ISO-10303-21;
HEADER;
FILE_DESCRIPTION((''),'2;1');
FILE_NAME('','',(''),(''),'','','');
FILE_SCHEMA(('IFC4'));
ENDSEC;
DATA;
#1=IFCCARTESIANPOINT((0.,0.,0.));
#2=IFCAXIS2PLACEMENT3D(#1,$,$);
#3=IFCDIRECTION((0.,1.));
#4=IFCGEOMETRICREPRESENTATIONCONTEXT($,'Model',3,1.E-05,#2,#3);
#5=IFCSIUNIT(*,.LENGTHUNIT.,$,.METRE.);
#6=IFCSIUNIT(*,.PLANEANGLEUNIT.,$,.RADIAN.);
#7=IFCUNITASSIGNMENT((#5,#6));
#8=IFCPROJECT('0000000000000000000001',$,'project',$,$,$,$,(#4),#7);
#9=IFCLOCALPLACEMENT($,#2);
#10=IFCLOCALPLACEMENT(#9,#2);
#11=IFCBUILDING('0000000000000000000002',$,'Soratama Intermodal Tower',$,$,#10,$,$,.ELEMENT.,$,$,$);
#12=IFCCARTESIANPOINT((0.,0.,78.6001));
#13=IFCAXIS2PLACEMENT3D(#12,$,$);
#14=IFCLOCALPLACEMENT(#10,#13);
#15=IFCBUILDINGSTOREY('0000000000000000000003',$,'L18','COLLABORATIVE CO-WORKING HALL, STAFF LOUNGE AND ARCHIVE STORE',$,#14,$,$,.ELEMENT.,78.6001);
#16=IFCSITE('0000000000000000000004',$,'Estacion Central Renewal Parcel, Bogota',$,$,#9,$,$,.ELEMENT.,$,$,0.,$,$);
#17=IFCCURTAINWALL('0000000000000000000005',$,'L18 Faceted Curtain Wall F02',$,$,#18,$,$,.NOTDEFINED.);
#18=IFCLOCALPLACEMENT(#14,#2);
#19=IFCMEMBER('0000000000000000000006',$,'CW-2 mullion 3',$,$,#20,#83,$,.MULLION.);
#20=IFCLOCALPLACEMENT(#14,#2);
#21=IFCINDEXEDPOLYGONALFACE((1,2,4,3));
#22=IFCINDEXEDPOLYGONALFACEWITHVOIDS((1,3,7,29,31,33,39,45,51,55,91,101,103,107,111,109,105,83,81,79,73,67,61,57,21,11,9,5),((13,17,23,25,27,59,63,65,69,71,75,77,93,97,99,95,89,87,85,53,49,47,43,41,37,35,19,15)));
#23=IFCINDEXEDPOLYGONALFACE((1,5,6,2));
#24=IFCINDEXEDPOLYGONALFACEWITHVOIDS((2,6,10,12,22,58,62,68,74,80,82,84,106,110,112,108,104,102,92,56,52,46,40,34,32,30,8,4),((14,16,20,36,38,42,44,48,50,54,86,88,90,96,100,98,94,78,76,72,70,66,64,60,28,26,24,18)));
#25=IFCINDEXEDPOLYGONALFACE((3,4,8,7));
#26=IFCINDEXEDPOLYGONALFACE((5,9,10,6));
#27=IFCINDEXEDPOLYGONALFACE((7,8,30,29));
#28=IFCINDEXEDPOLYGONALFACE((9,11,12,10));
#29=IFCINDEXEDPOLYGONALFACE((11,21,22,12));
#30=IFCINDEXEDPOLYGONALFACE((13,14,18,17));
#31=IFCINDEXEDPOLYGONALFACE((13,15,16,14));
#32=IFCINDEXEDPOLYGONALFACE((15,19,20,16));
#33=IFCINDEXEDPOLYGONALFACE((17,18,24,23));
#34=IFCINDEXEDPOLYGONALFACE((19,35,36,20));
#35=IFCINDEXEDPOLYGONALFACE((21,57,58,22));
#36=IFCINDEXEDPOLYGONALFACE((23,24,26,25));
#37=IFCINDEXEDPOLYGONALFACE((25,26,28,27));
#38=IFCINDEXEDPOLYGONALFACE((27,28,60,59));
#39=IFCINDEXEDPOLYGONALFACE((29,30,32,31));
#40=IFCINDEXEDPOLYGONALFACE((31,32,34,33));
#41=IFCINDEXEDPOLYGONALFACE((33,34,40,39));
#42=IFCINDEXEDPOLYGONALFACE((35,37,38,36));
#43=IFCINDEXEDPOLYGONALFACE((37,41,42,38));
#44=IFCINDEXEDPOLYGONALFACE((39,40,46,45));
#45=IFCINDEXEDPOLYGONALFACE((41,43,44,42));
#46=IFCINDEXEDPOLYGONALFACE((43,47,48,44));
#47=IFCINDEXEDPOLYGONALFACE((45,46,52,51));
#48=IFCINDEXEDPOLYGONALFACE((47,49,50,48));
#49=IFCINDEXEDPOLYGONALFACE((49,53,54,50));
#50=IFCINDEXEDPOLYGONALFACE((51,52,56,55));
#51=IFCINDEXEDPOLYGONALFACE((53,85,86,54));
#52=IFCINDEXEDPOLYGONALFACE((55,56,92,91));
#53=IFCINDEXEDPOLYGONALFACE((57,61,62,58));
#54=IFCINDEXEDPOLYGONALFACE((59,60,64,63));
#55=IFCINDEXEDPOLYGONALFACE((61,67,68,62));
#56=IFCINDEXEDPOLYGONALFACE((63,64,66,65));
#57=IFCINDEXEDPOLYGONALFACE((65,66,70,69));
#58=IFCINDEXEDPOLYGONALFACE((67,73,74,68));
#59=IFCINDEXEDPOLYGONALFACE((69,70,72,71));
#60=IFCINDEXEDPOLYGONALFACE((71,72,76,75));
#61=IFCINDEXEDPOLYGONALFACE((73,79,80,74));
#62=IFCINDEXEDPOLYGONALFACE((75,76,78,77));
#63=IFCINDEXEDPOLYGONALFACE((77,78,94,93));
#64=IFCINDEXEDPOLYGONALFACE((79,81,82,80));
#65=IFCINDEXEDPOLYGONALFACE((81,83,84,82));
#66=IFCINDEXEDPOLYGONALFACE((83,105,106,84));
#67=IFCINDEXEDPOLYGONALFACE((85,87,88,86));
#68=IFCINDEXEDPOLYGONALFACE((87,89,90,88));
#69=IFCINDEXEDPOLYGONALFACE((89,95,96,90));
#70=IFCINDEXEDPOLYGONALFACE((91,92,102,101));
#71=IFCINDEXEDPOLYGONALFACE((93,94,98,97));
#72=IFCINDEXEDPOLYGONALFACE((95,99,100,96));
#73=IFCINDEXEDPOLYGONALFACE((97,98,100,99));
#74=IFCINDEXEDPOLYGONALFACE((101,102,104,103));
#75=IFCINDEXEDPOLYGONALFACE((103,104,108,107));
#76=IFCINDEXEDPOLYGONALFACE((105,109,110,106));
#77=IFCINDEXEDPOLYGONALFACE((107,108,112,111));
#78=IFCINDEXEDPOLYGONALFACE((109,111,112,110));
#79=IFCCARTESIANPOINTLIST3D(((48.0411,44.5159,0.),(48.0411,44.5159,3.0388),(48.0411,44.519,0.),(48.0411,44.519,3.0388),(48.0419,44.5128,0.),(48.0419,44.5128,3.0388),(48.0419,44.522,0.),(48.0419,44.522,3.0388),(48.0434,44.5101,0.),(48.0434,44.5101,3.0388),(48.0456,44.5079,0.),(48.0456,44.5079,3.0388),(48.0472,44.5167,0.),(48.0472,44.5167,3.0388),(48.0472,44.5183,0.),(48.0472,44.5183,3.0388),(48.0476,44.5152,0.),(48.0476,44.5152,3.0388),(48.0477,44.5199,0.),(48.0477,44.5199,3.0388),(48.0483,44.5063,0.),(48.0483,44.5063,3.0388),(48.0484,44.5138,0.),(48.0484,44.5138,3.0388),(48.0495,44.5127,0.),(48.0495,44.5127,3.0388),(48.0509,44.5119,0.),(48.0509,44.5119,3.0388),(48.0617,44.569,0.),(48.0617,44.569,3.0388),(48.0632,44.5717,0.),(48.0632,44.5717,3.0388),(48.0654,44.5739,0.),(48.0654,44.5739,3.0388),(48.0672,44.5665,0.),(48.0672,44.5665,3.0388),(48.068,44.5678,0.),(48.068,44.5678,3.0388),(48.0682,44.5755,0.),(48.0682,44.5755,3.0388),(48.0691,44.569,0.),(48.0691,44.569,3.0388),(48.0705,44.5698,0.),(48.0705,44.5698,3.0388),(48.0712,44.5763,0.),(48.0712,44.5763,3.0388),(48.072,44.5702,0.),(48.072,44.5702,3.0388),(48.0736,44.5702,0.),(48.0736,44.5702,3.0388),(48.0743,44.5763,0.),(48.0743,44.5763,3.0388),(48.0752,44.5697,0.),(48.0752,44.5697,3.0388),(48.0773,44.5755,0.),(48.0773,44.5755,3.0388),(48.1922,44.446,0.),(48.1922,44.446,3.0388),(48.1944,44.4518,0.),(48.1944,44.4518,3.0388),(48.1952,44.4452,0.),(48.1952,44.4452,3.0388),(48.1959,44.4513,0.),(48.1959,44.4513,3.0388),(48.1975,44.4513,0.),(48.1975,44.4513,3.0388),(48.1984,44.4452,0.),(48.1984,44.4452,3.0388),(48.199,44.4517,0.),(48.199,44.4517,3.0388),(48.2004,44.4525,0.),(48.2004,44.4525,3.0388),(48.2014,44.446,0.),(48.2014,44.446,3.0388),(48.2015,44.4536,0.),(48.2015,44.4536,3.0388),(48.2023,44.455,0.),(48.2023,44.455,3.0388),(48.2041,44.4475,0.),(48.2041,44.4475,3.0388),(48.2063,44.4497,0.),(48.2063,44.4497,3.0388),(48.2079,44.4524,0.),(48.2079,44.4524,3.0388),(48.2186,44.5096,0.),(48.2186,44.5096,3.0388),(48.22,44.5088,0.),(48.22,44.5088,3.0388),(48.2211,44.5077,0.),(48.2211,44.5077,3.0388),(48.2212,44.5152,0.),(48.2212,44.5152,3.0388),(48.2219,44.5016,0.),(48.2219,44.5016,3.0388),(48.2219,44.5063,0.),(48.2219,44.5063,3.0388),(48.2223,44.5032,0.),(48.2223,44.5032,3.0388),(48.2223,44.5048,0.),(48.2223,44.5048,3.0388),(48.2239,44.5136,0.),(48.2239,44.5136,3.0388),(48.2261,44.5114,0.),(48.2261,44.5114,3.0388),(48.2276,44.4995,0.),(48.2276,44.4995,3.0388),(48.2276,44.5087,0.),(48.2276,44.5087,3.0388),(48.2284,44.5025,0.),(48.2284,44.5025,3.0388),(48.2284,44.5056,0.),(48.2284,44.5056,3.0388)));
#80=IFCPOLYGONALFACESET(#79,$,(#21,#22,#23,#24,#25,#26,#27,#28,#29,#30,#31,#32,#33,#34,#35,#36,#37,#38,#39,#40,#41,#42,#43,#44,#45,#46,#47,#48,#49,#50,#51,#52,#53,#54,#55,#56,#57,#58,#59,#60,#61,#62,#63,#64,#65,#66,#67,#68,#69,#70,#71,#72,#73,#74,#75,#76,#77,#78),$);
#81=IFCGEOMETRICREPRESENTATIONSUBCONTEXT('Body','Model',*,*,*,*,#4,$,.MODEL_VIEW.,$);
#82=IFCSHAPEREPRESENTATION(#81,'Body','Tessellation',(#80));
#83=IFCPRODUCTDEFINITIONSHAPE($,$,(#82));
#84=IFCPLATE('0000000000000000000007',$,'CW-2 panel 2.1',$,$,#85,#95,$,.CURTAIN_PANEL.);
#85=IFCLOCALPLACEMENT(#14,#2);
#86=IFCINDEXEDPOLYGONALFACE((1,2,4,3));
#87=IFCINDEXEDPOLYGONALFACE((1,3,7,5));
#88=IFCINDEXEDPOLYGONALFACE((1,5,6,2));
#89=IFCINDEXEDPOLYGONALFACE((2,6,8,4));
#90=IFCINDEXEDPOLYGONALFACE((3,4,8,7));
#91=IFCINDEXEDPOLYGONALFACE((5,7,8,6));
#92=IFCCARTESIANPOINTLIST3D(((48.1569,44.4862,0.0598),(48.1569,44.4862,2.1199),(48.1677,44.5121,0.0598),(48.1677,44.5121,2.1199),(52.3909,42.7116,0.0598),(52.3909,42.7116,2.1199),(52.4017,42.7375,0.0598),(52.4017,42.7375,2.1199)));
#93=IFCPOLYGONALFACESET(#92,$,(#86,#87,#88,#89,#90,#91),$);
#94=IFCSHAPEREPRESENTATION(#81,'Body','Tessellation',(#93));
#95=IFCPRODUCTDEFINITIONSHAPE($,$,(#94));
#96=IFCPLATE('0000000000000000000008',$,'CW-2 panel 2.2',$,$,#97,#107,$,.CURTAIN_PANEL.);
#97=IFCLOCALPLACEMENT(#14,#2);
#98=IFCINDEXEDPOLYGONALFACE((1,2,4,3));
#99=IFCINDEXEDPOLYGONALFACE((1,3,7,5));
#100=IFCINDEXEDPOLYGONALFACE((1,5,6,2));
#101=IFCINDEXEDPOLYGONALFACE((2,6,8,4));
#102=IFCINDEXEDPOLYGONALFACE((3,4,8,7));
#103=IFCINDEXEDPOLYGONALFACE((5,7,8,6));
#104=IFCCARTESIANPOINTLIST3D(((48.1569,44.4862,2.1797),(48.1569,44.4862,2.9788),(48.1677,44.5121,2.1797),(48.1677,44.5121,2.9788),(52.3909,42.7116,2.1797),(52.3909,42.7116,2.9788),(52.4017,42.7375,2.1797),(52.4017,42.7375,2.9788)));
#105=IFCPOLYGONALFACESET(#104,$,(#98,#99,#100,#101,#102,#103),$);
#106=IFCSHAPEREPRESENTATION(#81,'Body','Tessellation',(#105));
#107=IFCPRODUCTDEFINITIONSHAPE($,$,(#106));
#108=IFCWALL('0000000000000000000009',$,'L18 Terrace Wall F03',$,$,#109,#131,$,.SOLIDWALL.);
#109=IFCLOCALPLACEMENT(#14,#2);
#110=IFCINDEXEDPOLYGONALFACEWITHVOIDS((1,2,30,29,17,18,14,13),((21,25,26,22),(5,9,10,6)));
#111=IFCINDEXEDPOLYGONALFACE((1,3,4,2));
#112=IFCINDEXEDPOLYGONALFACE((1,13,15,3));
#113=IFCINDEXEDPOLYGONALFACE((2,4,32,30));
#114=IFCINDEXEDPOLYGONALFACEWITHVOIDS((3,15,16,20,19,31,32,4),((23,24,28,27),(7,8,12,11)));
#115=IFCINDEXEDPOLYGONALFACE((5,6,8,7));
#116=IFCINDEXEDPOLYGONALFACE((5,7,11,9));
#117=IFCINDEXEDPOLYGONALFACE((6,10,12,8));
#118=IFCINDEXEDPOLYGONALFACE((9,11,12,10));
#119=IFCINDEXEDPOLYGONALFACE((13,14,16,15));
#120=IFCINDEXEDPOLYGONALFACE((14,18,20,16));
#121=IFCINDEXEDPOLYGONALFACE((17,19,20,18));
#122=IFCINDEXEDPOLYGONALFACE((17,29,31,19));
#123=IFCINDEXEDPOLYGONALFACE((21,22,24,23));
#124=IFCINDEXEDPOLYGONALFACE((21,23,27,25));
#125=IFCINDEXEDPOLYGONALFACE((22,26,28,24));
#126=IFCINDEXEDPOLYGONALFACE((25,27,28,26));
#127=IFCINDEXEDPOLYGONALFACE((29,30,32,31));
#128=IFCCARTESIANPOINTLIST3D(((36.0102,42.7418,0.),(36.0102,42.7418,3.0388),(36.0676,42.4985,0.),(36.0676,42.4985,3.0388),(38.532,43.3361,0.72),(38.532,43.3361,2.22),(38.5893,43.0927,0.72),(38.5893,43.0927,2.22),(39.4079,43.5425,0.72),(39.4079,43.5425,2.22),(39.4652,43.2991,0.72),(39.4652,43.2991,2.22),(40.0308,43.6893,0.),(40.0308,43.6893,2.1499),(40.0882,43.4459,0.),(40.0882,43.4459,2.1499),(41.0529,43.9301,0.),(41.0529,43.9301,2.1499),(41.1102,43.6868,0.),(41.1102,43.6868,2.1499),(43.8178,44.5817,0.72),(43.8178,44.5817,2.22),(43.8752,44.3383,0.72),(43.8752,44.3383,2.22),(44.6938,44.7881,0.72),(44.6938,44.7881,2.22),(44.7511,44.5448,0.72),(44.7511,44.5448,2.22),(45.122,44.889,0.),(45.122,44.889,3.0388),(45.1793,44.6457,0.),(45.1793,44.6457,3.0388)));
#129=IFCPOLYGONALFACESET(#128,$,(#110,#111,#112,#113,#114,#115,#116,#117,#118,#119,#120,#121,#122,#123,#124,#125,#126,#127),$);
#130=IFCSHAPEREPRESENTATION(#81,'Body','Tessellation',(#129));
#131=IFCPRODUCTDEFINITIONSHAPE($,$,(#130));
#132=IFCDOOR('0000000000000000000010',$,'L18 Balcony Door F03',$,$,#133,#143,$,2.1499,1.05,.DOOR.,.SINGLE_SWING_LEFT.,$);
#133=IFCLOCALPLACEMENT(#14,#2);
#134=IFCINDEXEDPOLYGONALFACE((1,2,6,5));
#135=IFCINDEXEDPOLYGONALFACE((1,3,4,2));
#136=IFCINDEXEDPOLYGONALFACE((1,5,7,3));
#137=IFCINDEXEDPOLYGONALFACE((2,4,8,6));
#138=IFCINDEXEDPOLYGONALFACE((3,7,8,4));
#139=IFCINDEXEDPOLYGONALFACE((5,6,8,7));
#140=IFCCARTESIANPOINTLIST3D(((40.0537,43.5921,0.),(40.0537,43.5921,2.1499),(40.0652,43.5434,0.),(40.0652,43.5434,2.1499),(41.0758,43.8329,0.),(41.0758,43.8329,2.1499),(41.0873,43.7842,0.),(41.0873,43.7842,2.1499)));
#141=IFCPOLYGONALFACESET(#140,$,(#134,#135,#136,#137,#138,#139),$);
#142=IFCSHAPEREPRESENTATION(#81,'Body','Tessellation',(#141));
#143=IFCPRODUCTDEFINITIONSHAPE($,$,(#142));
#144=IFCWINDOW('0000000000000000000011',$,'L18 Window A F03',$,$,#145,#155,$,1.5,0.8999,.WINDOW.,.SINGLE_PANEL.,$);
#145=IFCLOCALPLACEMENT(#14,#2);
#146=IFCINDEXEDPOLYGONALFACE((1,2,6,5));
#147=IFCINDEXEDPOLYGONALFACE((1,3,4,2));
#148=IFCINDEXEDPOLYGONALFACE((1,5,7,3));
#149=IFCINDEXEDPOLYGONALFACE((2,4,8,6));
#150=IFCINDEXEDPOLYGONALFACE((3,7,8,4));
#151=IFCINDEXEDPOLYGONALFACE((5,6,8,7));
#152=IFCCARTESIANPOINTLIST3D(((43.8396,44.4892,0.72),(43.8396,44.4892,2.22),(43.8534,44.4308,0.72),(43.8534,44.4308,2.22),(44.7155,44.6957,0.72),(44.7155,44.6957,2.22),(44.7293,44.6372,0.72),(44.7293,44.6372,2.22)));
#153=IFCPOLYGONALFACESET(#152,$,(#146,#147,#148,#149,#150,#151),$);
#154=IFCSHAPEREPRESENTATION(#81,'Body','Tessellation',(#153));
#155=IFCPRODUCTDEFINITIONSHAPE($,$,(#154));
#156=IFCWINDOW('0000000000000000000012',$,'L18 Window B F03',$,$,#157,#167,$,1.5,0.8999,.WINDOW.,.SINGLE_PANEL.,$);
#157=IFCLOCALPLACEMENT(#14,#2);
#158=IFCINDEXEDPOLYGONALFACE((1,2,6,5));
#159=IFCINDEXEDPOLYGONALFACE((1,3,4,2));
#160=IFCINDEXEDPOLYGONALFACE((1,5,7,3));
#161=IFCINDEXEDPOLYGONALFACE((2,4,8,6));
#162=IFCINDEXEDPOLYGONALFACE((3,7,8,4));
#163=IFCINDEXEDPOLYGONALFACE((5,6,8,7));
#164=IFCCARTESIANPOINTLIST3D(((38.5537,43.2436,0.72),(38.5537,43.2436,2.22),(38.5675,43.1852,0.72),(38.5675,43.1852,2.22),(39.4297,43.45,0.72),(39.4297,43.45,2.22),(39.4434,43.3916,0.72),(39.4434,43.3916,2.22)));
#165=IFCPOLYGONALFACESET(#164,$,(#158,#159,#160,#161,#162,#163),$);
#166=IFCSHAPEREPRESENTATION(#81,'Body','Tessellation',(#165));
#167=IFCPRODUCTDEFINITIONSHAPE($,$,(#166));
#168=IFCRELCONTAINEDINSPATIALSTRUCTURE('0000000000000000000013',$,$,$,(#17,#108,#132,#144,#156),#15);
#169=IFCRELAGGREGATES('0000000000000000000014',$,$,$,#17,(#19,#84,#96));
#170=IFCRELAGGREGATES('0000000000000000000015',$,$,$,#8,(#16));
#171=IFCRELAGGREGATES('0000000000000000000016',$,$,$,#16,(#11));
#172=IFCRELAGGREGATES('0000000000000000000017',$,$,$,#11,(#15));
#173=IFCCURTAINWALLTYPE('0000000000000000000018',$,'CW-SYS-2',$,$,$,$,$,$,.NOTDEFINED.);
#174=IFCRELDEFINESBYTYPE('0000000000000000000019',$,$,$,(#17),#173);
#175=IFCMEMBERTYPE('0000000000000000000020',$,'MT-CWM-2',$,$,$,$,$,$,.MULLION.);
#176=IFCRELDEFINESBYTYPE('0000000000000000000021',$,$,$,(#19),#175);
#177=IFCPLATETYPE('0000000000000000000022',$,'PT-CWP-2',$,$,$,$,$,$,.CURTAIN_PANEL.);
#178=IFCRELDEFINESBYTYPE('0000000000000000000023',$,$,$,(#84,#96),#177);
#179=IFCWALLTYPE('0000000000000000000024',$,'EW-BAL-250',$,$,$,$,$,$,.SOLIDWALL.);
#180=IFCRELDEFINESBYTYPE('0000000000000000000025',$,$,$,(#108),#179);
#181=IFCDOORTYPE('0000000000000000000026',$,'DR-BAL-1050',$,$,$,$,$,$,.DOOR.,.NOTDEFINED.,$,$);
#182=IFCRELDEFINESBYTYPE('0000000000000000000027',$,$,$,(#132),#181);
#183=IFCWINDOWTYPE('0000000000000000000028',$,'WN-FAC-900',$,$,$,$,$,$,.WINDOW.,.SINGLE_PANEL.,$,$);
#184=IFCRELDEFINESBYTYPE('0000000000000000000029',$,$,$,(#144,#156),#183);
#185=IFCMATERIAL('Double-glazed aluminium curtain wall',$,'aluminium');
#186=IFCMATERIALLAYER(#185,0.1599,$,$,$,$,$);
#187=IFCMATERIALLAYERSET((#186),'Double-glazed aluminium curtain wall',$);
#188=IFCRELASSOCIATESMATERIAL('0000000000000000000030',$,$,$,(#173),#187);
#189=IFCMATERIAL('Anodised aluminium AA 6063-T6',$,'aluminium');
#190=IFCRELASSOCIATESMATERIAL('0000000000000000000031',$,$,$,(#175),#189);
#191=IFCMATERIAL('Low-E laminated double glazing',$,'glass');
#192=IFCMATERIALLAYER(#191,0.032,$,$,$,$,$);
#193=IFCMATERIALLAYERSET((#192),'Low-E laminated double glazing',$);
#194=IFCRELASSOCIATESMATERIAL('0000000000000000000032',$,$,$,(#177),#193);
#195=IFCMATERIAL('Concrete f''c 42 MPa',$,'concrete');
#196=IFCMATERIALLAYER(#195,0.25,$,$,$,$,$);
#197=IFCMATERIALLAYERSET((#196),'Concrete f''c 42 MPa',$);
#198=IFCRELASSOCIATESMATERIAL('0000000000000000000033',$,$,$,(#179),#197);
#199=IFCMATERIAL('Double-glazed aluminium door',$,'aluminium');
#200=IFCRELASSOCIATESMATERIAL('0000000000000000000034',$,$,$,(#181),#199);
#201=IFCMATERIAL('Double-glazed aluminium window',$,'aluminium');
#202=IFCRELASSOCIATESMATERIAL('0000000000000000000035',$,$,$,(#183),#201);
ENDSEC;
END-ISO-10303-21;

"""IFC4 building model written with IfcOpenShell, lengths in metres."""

from ifc_helpers import new_model, si_unit, direction, frame, frame_2d, origin, origin_2d, place, context, subcontext, project, spatial, rectangle, hollow_rectangle, extrude, material, layer, layer_set, material_profile, profile_set, type_object, element, fill, aggregate, save


model = new_model("IFC4")

# Units and contexts
model_context = context("Model", 3, precision=1e-05, world=origin(), true_north=direction((0.0, 1.0)))
body_context = subcontext(model_context, "Body", "Model", "MODEL_VIEW")
ifc_project = project(units=[si_unit("LENGTHUNIT", "METRE"), si_unit("PLANEANGLEUNIT", "RADIAN")], contexts=[model_context])

# Site, building, storey
site_placement = place(None, origin())
site = spatial("IfcSite", under=ifc_project, at=site_placement, Name="Estacion Central Renewal Parcel, Bogota", CompositionType="ELEMENT", RefElevation=0.0)
building_placement = place(site_placement, origin())
building = spatial("IfcBuilding", under=site, at=building_placement, Name="Soratama Intermodal Tower", CompositionType="ELEMENT")
storey_placement = place(building_placement, frame((0.0, 0.0, 78.6001)))
storey = spatial("IfcBuildingStorey", under=building, at=storey_placement, Name="L18", Description="COLLABORATIVE CO-WORKING HALL, STAFF LOUNGE AND ARCHIVE STORE", CompositionType="ELEMENT", Elevation=78.6001)

# Curtain wall, member, plates
ifc_material_1 = material(Name="Double-glazed aluminium curtain wall", Category="aluminium")
ifc_layer_1 = layer(ifc_material_1, 0.1599)
ifc_layer_set_1 = layer_set([ifc_layer_1], Name="Double-glazed aluminium curtain wall")
curtain_wall_type = type_object("IfcCurtainWallType", Name="CW-SYS-2", PredefinedType="NOTDEFINED", material=ifc_layer_set_1)
curtain_wall_placement = place(storey_placement, origin())
curtain_wall = element("IfcCurtainWall", 1, at=curtain_wall_placement, inside=storey, type_object=curtain_wall_type, Name="L18 Faceted Curtain Wall F02", PredefinedType="NOTDEFINED")
ifc_material_2 = material(Name="Anodised aluminium AA 6063-T6", Category="aluminium")
ifc_material_profile_1 = material_profile(ifc_material_2, hollow_rectangle(XDim=0.075, YDim=0.1799, WallThickness=0.0061, InnerFilletRadius=0.0061, OuterFilletRadius=0.012, at=origin_2d()), Name="CWM180X75X6")
ifc_profile_set_1 = profile_set([ifc_material_profile_1], Name="Anodised aluminium AA 6063-T6")
member_type = type_object("IfcMemberType", Name="MT-CWM-2", PredefinedType="MULLION", material=ifc_profile_set_1)
member_placement = place(storey_placement, frame((48.1348, 44.5107, 0.0), z_axis=(0.0, 0.0, 1.0), x_axis=(-0.386552, -0.922268, 0.0)))
member = element("IfcMember", 2, at=member_placement, type_object=member_type, Name="CW-2 mullion 3", PredefinedType="MULLION", context=body_context, shape_type="SweptSolid", body=[
    extrude(hollow_rectangle(XDim=0.075, YDim=0.1799, WallThickness=0.0061, InnerFilletRadius=0.0061, OuterFilletRadius=0.012, at=origin_2d()), origin(), (0.0, 0.0, 1.0), 3.0388),
])
ifc_material_3 = material(Name="Low-E laminated double glazing", Category="glass")
ifc_layer_2 = layer(ifc_material_3, 0.032)
ifc_layer_set_2 = layer_set([ifc_layer_2], Name="Low-E laminated double glazing")
plate_type = type_object("IfcPlateType", Name="PT-CWP-2", PredefinedType="CURTAIN_PANEL", material=ifc_layer_set_2)
plate_1_placement = place(storey_placement, frame((50.2793, 43.6118, 0.0598), z_axis=(0.0, 0.0, 1.0), x_axis=(-0.922268, 0.386552, 0.0)))
plate_1 = element("IfcPlate", 3, at=plate_1_placement, type_object=plate_type, Name="CW-2 panel 2.1", PredefinedType="CURTAIN_PANEL", context=body_context, shape_type="SweptSolid", body=[
    extrude(rectangle(XDim=4.5908, YDim=0.0281, at=origin_2d()), origin(), (0.0, 0.0, 1.0), 2.0601),
])
plate_2_placement = place(storey_placement, frame((50.2793, 43.6118, 2.1797), z_axis=(0.0, 0.0, 1.0), x_axis=(-0.922268, 0.386552, 0.0)))
plate_2 = element("IfcPlate", 4, at=plate_2_placement, type_object=plate_type, Name="CW-2 panel 2.2", PredefinedType="CURTAIN_PANEL", context=body_context, shape_type="SweptSolid", body=[
    extrude(rectangle(XDim=4.5908, YDim=0.0281, at=origin_2d()), origin(), (0.0, 0.0, 1.0), 0.7991),
])
aggregate(curtain_wall, [member, plate_1, plate_2])

# Wall, openings, door, windows
ifc_material_4 = material(Name="Concrete f'c 42 MPa", Category="concrete")
ifc_layer_3 = layer(ifc_material_4, 0.25)
ifc_layer_set_3 = layer_set([ifc_layer_3], Name="Concrete f'c 42 MPa")
wall_type_1 = type_object("IfcWallType", Name="EW-BAL-250", PredefinedType="SOLIDWALL", material=ifc_layer_set_3)
wall_1_placement = place(storey_placement, frame((45.1506, 44.7673, 0.0), z_axis=(0.0, 0.0, 1.0), x_axis=(-0.973339, -0.229369, 0.0)))
wall_1 = element("IfcWall", 5, at=wall_1_placement, inside=storey, type_object=wall_type_1, Name="L18 Terrace Wall F03", PredefinedType="SOLIDWALL", context=body_context, shape_type="SweptSolid", body=[
    extrude(rectangle(XDim=9.3613, YDim=0.25, at=frame_2d((4.6807, 0.0))), origin(), (0.0, 0.0, 1.0), 3.0388),
])
opening_1_placement = place(wall_1_placement, frame((4.1807, 0.0, 0.0)))
opening_1 = element("IfcOpeningElement", 6, at=opening_1_placement, cuts=wall_1, PredefinedType="OPENING", context=body_context, shape_type="SweptSolid", body=[
    extrude(rectangle(XDim=1.05, YDim=2.1499, at=frame_2d((0.5249, 1.075))), frame((0.0, 0.135, 0.0), z_axis=(0.0, -1.0, 0.0), x_axis=(1.0, 0.0, 0.0)), (0.0, 0.0, 1.0), 0.27),
])
opening_2_placement = place(wall_1_placement, frame((0.4399, 0.0, 0.72)))
opening_2 = element("IfcOpeningElement", 7, at=opening_2_placement, cuts=wall_1, PredefinedType="OPENING", context=body_context, shape_type="SweptSolid", body=[
    extrude(rectangle(XDim=0.8999, YDim=1.5, at=frame_2d((0.45, 0.75))), frame((0.0, 0.135, 0.0), z_axis=(0.0, -1.0, 0.0), x_axis=(1.0, 0.0, 0.0)), (0.0, 0.0, 1.0), 0.27),
])
opening_3_placement = place(wall_1_placement, frame((5.8706, 0.0, 0.72)))
opening_3 = element("IfcOpeningElement", 8, at=opening_3_placement, cuts=wall_1, PredefinedType="OPENING", context=body_context, shape_type="SweptSolid", body=[
    extrude(rectangle(XDim=0.8999, YDim=1.5, at=frame_2d((0.45, 0.75))), frame((0.0, 0.135, 0.0), z_axis=(0.0, -1.0, 0.0), x_axis=(1.0, 0.0, 0.0)), (0.0, 0.0, 1.0), 0.27),
])
ifc_material_5 = material(Name="Double-glazed aluminium door", Category="aluminium")
door_type_1 = type_object("IfcDoorType", Name="DR-BAL-1050", OperationType="NOTDEFINED", PredefinedType="DOOR", material=ifc_material_5)
door_1_placement = place(opening_1_placement, origin())
door_1 = element("IfcDoor", 9, at=door_1_placement, inside=storey, type_object=door_type_1, Name="L18 Balcony Door F03", OperationType="SINGLE_SWING_LEFT", OverallHeight=2.1499, OverallWidth=1.05, PredefinedType="DOOR", context=body_context, shape_type="SweptSolid", body=[
    extrude(rectangle(XDim=1.05, YDim=2.1499, at=frame_2d((0.5249, 1.075))), frame((0.0, 0.0249, 0.0), z_axis=(0.0, -1.0, 0.0), x_axis=(1.0, 0.0, 0.0)), (0.0, 0.0, 1.0), 0.05),
])
fill(opening_1, door_1)
ifc_material_6 = material(Name="Double-glazed aluminium window", Category="aluminium")
window_type = type_object("IfcWindowType", Name="WN-FAC-900", PartitioningType="SINGLE_PANEL", PredefinedType="WINDOW", material=ifc_material_6)
window_1_placement = place(opening_2_placement, origin())
window_1 = element("IfcWindow", 10, at=window_1_placement, inside=storey, type_object=window_type, Name="L18 Window A F03", OverallHeight=1.5, OverallWidth=0.8999, PartitioningType="SINGLE_PANEL", PredefinedType="WINDOW", context=body_context, shape_type="SweptSolid", body=[
    extrude(rectangle(XDim=0.8999, YDim=1.5, at=frame_2d((0.45, 0.75))), frame((0.0, 0.03, 0.0), z_axis=(0.0, -1.0, 0.0), x_axis=(1.0, 0.0, 0.0)), (0.0, 0.0, 1.0), 0.0601),
])
fill(opening_2, window_1)
window_2_placement = place(opening_3_placement, origin())
window_2 = element("IfcWindow", 11, at=window_2_placement, inside=storey, type_object=window_type, Name="L18 Window B F03", OverallHeight=1.5, OverallWidth=0.8999, PartitioningType="SINGLE_PANEL", PredefinedType="WINDOW", context=body_context, shape_type="SweptSolid", body=[
    extrude(rectangle(XDim=0.8999, YDim=1.5, at=frame_2d((0.45, 0.75))), frame((0.0, 0.03, 0.0), z_axis=(0.0, -1.0, 0.0), x_axis=(1.0, 0.0, 0.0)), (0.0, 0.0, 1.0), 0.0601),
])
fill(opening_3, window_2)

save(model, "model.ifc")
